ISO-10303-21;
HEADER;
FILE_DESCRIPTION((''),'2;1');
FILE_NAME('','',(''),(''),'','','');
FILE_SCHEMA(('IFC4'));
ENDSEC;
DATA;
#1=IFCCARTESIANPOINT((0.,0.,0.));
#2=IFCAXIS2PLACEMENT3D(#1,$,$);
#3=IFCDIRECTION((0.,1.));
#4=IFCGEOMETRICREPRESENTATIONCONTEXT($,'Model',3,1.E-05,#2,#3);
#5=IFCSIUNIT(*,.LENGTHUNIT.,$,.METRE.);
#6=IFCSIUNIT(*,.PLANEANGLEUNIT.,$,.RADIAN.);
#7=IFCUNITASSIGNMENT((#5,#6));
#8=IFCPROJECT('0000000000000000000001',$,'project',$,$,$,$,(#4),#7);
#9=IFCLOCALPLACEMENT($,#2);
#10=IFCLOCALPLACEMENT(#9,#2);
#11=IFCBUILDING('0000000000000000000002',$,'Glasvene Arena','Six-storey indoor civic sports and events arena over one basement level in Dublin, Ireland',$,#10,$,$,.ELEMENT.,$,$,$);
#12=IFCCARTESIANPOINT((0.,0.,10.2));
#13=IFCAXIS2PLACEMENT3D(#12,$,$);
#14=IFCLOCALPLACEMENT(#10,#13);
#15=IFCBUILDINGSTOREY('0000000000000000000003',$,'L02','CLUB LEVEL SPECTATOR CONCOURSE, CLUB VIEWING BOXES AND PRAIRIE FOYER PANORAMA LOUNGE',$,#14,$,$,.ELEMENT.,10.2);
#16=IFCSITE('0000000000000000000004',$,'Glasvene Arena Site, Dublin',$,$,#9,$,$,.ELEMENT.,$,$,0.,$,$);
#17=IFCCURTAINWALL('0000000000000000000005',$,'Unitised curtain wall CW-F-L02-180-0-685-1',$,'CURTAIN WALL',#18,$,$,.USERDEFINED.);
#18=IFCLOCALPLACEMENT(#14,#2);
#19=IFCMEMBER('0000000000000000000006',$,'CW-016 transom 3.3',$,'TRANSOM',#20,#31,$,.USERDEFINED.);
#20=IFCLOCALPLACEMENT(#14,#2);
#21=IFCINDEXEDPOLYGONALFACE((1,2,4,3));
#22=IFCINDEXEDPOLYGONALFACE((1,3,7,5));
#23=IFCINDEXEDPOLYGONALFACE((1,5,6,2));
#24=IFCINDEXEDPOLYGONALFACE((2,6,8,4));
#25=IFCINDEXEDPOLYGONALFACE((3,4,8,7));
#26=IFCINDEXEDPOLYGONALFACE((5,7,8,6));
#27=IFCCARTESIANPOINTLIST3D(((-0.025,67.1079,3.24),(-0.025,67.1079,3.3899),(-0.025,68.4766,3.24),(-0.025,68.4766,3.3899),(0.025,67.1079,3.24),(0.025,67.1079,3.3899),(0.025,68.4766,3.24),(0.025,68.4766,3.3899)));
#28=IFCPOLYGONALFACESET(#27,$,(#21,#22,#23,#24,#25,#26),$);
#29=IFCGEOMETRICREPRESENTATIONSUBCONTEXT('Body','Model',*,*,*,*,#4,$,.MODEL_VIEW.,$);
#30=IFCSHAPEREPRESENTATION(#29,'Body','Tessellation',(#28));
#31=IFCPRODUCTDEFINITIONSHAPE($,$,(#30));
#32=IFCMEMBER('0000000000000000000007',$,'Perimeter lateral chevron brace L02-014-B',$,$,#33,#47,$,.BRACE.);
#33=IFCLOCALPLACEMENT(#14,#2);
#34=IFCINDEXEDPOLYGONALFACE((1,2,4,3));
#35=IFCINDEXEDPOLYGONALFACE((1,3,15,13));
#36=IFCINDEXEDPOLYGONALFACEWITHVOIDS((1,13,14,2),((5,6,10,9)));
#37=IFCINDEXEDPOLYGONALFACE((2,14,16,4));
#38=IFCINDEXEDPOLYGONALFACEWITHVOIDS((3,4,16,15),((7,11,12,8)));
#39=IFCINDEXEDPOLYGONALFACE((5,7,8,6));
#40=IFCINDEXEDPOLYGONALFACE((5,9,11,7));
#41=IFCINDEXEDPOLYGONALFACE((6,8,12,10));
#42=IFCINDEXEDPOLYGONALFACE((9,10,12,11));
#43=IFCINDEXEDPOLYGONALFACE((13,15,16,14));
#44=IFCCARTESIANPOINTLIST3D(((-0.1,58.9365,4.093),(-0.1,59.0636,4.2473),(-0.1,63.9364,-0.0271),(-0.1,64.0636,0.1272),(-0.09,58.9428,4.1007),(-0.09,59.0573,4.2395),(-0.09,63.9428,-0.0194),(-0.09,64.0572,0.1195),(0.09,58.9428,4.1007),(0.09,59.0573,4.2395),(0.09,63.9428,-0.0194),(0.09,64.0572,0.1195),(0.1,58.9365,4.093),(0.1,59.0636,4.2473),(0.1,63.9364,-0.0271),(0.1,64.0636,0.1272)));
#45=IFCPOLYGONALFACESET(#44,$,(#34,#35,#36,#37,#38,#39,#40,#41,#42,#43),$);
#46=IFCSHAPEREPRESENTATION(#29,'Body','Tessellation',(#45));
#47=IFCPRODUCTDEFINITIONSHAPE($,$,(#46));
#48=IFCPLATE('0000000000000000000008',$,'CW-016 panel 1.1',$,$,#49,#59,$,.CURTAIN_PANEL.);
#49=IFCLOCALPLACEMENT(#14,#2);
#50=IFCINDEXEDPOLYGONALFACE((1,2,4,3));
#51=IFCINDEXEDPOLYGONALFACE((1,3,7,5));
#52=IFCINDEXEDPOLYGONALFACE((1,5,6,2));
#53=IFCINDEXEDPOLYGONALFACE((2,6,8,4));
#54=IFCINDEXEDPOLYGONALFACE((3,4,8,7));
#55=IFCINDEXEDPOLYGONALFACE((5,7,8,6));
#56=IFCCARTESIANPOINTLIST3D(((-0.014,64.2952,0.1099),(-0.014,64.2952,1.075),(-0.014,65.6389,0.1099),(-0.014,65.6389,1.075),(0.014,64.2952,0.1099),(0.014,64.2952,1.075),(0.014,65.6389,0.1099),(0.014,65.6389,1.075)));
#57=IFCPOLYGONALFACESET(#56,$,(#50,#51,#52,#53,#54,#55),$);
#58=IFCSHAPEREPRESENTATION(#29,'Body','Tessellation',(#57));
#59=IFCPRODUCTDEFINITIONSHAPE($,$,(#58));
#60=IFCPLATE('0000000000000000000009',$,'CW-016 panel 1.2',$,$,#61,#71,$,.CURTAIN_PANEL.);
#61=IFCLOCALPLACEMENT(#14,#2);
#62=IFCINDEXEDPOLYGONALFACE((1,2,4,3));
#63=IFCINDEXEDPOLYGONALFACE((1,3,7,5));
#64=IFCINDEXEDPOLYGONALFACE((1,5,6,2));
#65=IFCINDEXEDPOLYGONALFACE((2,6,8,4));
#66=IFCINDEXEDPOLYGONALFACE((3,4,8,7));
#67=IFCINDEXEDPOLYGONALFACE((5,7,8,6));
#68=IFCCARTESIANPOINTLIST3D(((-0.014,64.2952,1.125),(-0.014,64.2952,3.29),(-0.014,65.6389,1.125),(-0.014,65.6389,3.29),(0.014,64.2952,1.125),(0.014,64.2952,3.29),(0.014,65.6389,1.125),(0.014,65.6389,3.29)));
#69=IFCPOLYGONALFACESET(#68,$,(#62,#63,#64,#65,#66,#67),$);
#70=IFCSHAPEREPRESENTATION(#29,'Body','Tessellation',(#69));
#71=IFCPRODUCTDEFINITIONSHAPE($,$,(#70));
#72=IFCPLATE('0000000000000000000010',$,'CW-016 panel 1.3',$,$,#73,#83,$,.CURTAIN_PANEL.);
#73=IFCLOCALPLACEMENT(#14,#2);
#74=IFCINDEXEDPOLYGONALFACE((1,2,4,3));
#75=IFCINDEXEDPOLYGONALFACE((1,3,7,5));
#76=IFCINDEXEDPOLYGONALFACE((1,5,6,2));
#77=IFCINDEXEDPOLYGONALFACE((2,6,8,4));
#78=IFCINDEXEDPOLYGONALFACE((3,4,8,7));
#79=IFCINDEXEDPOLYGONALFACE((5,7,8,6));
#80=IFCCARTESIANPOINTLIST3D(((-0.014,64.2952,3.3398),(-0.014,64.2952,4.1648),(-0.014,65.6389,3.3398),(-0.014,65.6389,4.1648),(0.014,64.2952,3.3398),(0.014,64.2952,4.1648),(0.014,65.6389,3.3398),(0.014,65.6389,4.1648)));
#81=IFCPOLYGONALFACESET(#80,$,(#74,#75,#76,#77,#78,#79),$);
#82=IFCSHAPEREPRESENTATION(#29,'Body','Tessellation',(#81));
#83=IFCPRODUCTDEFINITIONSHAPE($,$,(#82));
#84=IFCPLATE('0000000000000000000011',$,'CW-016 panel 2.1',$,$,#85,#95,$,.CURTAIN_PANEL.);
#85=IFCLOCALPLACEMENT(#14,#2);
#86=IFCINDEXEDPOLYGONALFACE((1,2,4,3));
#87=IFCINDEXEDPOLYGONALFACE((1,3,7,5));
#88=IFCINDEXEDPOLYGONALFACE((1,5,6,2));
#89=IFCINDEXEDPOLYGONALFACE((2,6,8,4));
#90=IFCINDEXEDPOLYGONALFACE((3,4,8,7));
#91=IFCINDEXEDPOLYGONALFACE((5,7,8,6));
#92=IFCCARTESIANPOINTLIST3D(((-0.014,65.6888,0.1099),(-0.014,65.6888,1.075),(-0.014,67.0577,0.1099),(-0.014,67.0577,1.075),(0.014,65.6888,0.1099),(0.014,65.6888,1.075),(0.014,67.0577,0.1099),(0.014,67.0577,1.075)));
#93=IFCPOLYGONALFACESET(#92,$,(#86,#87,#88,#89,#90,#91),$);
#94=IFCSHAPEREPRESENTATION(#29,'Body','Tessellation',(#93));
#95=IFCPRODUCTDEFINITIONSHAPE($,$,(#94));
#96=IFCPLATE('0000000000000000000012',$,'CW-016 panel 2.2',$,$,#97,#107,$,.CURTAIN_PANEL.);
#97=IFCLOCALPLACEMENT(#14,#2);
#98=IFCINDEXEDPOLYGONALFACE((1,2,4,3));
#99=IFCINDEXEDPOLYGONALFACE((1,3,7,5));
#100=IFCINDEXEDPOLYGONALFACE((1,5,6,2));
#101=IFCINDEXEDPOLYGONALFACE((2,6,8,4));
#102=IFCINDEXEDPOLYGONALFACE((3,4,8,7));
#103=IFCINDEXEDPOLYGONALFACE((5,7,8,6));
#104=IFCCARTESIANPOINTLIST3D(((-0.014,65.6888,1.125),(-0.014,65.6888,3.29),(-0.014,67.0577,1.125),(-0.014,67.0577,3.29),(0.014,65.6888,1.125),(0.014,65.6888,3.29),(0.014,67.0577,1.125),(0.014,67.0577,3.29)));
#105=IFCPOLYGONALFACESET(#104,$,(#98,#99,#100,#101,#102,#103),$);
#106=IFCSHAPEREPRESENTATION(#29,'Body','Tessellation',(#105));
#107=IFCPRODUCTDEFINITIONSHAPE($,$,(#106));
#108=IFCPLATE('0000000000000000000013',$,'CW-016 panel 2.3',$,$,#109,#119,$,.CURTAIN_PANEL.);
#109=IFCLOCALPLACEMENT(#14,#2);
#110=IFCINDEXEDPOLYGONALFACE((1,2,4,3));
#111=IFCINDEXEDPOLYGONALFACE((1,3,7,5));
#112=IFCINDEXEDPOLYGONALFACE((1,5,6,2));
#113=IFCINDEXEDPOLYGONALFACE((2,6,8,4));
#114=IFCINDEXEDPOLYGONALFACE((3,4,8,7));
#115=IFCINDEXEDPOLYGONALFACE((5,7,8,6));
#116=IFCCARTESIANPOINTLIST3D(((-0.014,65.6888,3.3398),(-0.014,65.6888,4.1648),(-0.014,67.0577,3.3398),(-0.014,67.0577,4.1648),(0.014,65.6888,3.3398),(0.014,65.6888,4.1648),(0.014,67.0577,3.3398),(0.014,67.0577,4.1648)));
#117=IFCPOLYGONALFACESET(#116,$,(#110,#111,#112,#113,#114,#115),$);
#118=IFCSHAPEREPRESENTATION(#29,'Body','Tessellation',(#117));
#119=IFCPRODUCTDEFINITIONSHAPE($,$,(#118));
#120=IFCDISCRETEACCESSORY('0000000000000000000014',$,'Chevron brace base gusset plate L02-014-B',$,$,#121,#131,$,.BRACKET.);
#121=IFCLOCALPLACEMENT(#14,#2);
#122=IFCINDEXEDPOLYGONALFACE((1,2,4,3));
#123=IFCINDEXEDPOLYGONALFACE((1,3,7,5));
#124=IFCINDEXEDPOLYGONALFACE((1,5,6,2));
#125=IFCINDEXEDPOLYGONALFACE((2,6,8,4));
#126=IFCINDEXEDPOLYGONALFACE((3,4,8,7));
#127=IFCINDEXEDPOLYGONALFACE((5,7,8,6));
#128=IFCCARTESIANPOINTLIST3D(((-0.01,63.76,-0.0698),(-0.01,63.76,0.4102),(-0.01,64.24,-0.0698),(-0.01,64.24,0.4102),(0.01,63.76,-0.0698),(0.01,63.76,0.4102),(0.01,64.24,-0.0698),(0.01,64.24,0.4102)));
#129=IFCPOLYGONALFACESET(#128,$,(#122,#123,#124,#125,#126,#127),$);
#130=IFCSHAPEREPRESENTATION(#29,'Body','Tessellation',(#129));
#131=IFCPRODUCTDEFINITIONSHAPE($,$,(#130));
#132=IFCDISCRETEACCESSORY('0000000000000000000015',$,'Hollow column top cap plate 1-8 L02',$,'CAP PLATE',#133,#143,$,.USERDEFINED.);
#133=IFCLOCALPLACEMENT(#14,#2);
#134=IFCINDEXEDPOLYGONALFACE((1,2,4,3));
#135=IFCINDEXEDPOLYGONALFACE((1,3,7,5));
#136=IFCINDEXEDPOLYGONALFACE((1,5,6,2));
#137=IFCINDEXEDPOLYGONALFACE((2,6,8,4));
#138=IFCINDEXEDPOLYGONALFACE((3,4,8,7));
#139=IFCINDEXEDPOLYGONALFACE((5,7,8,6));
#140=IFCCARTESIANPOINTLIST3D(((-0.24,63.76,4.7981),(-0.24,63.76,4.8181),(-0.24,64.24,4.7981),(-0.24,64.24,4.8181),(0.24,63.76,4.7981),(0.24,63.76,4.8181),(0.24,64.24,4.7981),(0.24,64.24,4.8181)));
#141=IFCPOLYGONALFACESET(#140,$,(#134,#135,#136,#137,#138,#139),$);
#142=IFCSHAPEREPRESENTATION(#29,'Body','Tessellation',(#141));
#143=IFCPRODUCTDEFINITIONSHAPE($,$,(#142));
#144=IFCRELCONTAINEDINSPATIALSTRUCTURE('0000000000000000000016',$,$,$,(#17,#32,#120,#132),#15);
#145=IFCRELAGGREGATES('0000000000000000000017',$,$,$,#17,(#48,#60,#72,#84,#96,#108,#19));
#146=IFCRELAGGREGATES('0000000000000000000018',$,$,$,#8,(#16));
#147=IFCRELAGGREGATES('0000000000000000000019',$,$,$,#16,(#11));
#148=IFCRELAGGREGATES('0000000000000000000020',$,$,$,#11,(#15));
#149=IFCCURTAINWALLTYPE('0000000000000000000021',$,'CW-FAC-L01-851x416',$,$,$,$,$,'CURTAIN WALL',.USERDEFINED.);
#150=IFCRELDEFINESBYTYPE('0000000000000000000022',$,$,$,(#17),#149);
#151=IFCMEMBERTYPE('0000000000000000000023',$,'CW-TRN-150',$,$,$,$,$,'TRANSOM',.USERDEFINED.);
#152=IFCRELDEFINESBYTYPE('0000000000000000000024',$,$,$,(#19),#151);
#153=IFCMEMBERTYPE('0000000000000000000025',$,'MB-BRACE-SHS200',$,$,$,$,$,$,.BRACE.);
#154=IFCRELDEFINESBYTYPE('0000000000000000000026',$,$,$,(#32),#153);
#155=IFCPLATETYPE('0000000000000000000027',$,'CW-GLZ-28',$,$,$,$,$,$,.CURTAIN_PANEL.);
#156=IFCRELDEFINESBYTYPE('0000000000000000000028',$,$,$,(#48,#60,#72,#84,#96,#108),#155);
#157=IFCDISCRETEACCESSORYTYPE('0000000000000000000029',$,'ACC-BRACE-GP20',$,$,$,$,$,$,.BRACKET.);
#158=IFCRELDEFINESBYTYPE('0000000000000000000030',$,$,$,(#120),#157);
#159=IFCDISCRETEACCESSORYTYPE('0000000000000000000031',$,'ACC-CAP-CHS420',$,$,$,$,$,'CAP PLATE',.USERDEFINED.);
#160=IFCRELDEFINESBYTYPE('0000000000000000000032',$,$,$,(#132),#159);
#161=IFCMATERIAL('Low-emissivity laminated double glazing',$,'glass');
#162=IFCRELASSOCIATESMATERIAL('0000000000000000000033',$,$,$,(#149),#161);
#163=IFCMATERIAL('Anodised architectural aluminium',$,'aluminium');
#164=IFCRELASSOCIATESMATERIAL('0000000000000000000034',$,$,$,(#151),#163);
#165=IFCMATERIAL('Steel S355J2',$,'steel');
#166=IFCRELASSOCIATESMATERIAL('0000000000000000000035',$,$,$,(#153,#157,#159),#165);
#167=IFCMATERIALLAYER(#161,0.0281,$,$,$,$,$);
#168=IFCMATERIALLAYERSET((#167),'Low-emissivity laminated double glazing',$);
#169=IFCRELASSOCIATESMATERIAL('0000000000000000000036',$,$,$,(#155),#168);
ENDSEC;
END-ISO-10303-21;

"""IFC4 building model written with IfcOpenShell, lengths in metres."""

from ifc_helpers import new_model, si_unit, direction, frame, origin, origin_2d, place, context, subcontext, project, spatial, rectangle, hollow_rectangle, extrude, material, layer, layer_set, material_profile, profile_set, type_object, element, aggregate, save


model = new_model("IFC4")

# Units and contexts
model_context = context("Model", 3, precision=1e-05, world=origin(), true_north=direction((0.0, 1.0)))
body_context = subcontext(model_context, "Body", "Model", "MODEL_VIEW")
ifc_project = project(units=[si_unit("LENGTHUNIT", "METRE"), si_unit("PLANEANGLEUNIT", "RADIAN")], contexts=[model_context])

# Site, building, storey
site_placement = place(None, origin())
site = spatial("IfcSite", under=ifc_project, at=site_placement, Name="Glasvene Arena Site, Dublin", CompositionType="ELEMENT", RefElevation=0.0)
building_placement = place(site_placement, origin())
building = spatial("IfcBuilding", under=site, at=building_placement, Name="Glasvene Arena", Description="Six-storey indoor civic sports and events arena over one basement level in Dublin, Ireland", CompositionType="ELEMENT")
storey_placement = place(building_placement, frame((0.0, 0.0, 10.2)))
storey = spatial("IfcBuildingStorey", under=building, at=storey_placement, Name="L02", Description="CLUB LEVEL SPECTATOR CONCOURSE, CLUB VIEWING BOXES AND PRAIRIE FOYER PANORAMA LOUNGE", CompositionType="ELEMENT", Elevation=10.2)

# Shared definitions
ifc_material_1 = material(Name="Steel S355J2", Category="steel")

# Curtain wall, member
ifc_material_2 = material(Name="Low-emissivity laminated double glazing", Category="glass")
curtain_wall_type = type_object("IfcCurtainWallType", Name="CW-FAC-L01-851x416", ElementType="CURTAIN WALL", PredefinedType="USERDEFINED", material=ifc_material_2)
curtain_wall_placement = place(storey_placement, frame((0.0, 64.2451, 0.0)))
curtain_wall = element("IfcCurtainWall", 1, at=curtain_wall_placement, inside=storey, type_object=curtain_wall_type, Name="Unitised curtain wall CW-F-L02-180-0-685-1", ObjectType="CURTAIN WALL", PredefinedType="USERDEFINED")
ifc_material_3 = material(Name="Anodised architectural aluminium", Category="aluminium")
ifc_material_profile_1 = material_profile(ifc_material_3, rectangle(XDim=0.05, YDim=0.1499, at=origin_2d()), Name="ALU TRANSOM 50x150")
ifc_profile_set_1 = profile_set([ifc_material_profile_1], Name="Anodised architectural aluminium")
member_type_1 = type_object("IfcMemberType", Name="CW-TRN-150", ElementType="TRANSOM", PredefinedType="USERDEFINED", material=ifc_profile_set_1)
member_1_placement = place(storey_placement, frame((0.0, 67.1079, 3.3149), z_axis=(0.0, 1.0, 0.0), x_axis=(-1.0, 0.0, 0.0)))
member_1 = element("IfcMember", 2, at=member_1_placement, type_object=member_type_1, Name="CW-016 transom 3.3", ObjectType="TRANSOM", PredefinedType="USERDEFINED", context=body_context, shape_type="SweptSolid", body=[
    extrude(rectangle(XDim=0.05, YDim=0.1499, at=origin_2d()), origin(), (0.0, 0.0, 1.0), 1.3687),
])

# Member
ifc_material_profile_2 = material_profile(ifc_material_1, hollow_rectangle(XDim=0.2, YDim=0.2, WallThickness=0.01, at=origin_2d()), Name="SHS 200x200x10.0")
ifc_profile_set_2 = profile_set([ifc_material_profile_2], Name="Steel S355J2")
member_type_2 = type_object("IfcMemberType", Name="MB-BRACE-SHS200", PredefinedType="BRACE", material=ifc_profile_set_2)
member_2_placement = place(storey_placement, frame((0.0, 64.0, 0.05), z_axis=(0.0, -0.771743, 0.635934), x_axis=(1.0, 0.0, 0.0)))
element("IfcMember", 3, at=member_2_placement, inside=storey, type_object=member_type_2, Name="Perimeter lateral chevron brace L02-014-B", PredefinedType="BRACE", context=body_context, shape_type="SweptSolid", body=[
    extrude(hollow_rectangle(XDim=0.2, YDim=0.2, WallThickness=0.01, at=origin_2d()), origin(), (0.0, 0.0, 1.0), 6.4788),
])

# Plates
ifc_layer = layer(ifc_material_2, 0.0281)
ifc_layer_set = layer_set([ifc_layer], Name="Low-emissivity laminated double glazing")
plate_type = type_object("IfcPlateType", Name="CW-GLZ-28", PredefinedType="CURTAIN_PANEL", material=ifc_layer_set)
plate_1_placement = place(storey_placement, frame((0.0, 64.967, 0.1099), z_axis=(0.0, 0.0, 1.0), x_axis=(0.0, 1.0, 0.0)))
plate_1 = element("IfcPlate", 4, at=plate_1_placement, type_object=plate_type, Name="CW-016 panel 1.1", PredefinedType="CURTAIN_PANEL", context=body_context, shape_type="SweptSolid", body=[
    extrude(rectangle(XDim=1.3438, YDim=0.0281, at=origin_2d()), origin(), (0.0, 0.0, 1.0), 0.9651),
])
plate_2_placement = place(storey_placement, frame((0.0, 64.967, 1.125), z_axis=(0.0, 0.0, 1.0), x_axis=(0.0, 1.0, 0.0)))
plate_2 = element("IfcPlate", 5, at=plate_2_placement, type_object=plate_type, Name="CW-016 panel 1.2", PredefinedType="CURTAIN_PANEL", context=body_context, shape_type="SweptSolid", body=[
    extrude(rectangle(XDim=1.3438, YDim=0.0281, at=origin_2d()), origin(), (0.0, 0.0, 1.0), 2.165),
])
plate_3_placement = place(storey_placement, frame((0.0, 64.967, 3.3398), z_axis=(0.0, 0.0, 1.0), x_axis=(0.0, 1.0, 0.0)))
plate_3 = element("IfcPlate", 6, at=plate_3_placement, type_object=plate_type, Name="CW-016 panel 1.3", PredefinedType="CURTAIN_PANEL", context=body_context, shape_type="SweptSolid", body=[
    extrude(rectangle(XDim=1.3438, YDim=0.0281, at=origin_2d()), origin(), (0.0, 0.0, 1.0), 0.825),
])
plate_4_placement = place(storey_placement, frame((0.0, 66.3733, 0.1099), z_axis=(0.0, 0.0, 1.0), x_axis=(0.0, 1.0, 0.0)))
plate_4 = element("IfcPlate", 7, at=plate_4_placement, type_object=plate_type, Name="CW-016 panel 2.1", PredefinedType="CURTAIN_PANEL", context=body_context, shape_type="SweptSolid", body=[
    extrude(rectangle(XDim=1.3689, YDim=0.0281, at=origin_2d()), origin(), (0.0, 0.0, 1.0), 0.9651),
])
plate_5_placement = place(storey_placement, frame((0.0, 66.3733, 1.125), z_axis=(0.0, 0.0, 1.0), x_axis=(0.0, 1.0, 0.0)))
plate_5 = element("IfcPlate", 8, at=plate_5_placement, type_object=plate_type, Name="CW-016 panel 2.2", PredefinedType="CURTAIN_PANEL", context=body_context, shape_type="SweptSolid", body=[
    extrude(rectangle(XDim=1.3689, YDim=0.0281, at=origin_2d()), origin(), (0.0, 0.0, 1.0), 2.165),
])
plate_6_placement = place(storey_placement, frame((0.0, 66.3733, 3.3398), z_axis=(0.0, 0.0, 1.0), x_axis=(0.0, 1.0, 0.0)))
plate_6 = element("IfcPlate", 9, at=plate_6_placement, type_object=plate_type, Name="CW-016 panel 2.3", PredefinedType="CURTAIN_PANEL", context=body_context, shape_type="SweptSolid", body=[
    extrude(rectangle(XDim=1.3689, YDim=0.0281, at=origin_2d()), origin(), (0.0, 0.0, 1.0), 0.825),
])
aggregate(curtain_wall, [plate_1, plate_2, plate_3, plate_4, plate_5, plate_6, member_1])

# Discrete accessories
discrete_accessory_type_1 = type_object("IfcDiscreteAccessoryType", Name="ACC-BRACE-GP20", PredefinedType="BRACKET", material=ifc_material_1)
discrete_accessory_1_placement = place(storey_placement, frame((0.0, 64.0, -0.0698), z_axis=(0.0, 0.0, 1.0), x_axis=(1.0, 0.0, 0.0)))
element("IfcDiscreteAccessory", 10, at=discrete_accessory_1_placement, inside=storey, type_object=discrete_accessory_type_1, Name="Chevron brace base gusset plate L02-014-B", PredefinedType="BRACKET", context=body_context, shape_type="SweptSolid", body=[
    extrude(rectangle(XDim=0.02, YDim=0.48, at=origin_2d()), origin(), (0.0, 0.0, 1.0), 0.48),
])
discrete_accessory_type_2 = type_object("IfcDiscreteAccessoryType", Name="ACC-CAP-CHS420", ElementType="CAP PLATE", PredefinedType="USERDEFINED", material=ifc_material_1)
discrete_accessory_2_placement = place(storey_placement, frame((0.0, 64.0, 4.7981), z_axis=(0.0, 0.0, 1.0), x_axis=(1.0, 0.0, 0.0)))
element("IfcDiscreteAccessory", 11, at=discrete_accessory_2_placement, inside=storey, type_object=discrete_accessory_type_2, Name="Hollow column top cap plate 1-8 L02", ObjectType="CAP PLATE", PredefinedType="USERDEFINED", context=body_context, shape_type="SweptSolid", body=[
    extrude(rectangle(XDim=0.48, YDim=0.48, at=origin_2d()), origin(), (0.0, 0.0, 1.0), 0.02),
])

save(model, "model.ifc")
